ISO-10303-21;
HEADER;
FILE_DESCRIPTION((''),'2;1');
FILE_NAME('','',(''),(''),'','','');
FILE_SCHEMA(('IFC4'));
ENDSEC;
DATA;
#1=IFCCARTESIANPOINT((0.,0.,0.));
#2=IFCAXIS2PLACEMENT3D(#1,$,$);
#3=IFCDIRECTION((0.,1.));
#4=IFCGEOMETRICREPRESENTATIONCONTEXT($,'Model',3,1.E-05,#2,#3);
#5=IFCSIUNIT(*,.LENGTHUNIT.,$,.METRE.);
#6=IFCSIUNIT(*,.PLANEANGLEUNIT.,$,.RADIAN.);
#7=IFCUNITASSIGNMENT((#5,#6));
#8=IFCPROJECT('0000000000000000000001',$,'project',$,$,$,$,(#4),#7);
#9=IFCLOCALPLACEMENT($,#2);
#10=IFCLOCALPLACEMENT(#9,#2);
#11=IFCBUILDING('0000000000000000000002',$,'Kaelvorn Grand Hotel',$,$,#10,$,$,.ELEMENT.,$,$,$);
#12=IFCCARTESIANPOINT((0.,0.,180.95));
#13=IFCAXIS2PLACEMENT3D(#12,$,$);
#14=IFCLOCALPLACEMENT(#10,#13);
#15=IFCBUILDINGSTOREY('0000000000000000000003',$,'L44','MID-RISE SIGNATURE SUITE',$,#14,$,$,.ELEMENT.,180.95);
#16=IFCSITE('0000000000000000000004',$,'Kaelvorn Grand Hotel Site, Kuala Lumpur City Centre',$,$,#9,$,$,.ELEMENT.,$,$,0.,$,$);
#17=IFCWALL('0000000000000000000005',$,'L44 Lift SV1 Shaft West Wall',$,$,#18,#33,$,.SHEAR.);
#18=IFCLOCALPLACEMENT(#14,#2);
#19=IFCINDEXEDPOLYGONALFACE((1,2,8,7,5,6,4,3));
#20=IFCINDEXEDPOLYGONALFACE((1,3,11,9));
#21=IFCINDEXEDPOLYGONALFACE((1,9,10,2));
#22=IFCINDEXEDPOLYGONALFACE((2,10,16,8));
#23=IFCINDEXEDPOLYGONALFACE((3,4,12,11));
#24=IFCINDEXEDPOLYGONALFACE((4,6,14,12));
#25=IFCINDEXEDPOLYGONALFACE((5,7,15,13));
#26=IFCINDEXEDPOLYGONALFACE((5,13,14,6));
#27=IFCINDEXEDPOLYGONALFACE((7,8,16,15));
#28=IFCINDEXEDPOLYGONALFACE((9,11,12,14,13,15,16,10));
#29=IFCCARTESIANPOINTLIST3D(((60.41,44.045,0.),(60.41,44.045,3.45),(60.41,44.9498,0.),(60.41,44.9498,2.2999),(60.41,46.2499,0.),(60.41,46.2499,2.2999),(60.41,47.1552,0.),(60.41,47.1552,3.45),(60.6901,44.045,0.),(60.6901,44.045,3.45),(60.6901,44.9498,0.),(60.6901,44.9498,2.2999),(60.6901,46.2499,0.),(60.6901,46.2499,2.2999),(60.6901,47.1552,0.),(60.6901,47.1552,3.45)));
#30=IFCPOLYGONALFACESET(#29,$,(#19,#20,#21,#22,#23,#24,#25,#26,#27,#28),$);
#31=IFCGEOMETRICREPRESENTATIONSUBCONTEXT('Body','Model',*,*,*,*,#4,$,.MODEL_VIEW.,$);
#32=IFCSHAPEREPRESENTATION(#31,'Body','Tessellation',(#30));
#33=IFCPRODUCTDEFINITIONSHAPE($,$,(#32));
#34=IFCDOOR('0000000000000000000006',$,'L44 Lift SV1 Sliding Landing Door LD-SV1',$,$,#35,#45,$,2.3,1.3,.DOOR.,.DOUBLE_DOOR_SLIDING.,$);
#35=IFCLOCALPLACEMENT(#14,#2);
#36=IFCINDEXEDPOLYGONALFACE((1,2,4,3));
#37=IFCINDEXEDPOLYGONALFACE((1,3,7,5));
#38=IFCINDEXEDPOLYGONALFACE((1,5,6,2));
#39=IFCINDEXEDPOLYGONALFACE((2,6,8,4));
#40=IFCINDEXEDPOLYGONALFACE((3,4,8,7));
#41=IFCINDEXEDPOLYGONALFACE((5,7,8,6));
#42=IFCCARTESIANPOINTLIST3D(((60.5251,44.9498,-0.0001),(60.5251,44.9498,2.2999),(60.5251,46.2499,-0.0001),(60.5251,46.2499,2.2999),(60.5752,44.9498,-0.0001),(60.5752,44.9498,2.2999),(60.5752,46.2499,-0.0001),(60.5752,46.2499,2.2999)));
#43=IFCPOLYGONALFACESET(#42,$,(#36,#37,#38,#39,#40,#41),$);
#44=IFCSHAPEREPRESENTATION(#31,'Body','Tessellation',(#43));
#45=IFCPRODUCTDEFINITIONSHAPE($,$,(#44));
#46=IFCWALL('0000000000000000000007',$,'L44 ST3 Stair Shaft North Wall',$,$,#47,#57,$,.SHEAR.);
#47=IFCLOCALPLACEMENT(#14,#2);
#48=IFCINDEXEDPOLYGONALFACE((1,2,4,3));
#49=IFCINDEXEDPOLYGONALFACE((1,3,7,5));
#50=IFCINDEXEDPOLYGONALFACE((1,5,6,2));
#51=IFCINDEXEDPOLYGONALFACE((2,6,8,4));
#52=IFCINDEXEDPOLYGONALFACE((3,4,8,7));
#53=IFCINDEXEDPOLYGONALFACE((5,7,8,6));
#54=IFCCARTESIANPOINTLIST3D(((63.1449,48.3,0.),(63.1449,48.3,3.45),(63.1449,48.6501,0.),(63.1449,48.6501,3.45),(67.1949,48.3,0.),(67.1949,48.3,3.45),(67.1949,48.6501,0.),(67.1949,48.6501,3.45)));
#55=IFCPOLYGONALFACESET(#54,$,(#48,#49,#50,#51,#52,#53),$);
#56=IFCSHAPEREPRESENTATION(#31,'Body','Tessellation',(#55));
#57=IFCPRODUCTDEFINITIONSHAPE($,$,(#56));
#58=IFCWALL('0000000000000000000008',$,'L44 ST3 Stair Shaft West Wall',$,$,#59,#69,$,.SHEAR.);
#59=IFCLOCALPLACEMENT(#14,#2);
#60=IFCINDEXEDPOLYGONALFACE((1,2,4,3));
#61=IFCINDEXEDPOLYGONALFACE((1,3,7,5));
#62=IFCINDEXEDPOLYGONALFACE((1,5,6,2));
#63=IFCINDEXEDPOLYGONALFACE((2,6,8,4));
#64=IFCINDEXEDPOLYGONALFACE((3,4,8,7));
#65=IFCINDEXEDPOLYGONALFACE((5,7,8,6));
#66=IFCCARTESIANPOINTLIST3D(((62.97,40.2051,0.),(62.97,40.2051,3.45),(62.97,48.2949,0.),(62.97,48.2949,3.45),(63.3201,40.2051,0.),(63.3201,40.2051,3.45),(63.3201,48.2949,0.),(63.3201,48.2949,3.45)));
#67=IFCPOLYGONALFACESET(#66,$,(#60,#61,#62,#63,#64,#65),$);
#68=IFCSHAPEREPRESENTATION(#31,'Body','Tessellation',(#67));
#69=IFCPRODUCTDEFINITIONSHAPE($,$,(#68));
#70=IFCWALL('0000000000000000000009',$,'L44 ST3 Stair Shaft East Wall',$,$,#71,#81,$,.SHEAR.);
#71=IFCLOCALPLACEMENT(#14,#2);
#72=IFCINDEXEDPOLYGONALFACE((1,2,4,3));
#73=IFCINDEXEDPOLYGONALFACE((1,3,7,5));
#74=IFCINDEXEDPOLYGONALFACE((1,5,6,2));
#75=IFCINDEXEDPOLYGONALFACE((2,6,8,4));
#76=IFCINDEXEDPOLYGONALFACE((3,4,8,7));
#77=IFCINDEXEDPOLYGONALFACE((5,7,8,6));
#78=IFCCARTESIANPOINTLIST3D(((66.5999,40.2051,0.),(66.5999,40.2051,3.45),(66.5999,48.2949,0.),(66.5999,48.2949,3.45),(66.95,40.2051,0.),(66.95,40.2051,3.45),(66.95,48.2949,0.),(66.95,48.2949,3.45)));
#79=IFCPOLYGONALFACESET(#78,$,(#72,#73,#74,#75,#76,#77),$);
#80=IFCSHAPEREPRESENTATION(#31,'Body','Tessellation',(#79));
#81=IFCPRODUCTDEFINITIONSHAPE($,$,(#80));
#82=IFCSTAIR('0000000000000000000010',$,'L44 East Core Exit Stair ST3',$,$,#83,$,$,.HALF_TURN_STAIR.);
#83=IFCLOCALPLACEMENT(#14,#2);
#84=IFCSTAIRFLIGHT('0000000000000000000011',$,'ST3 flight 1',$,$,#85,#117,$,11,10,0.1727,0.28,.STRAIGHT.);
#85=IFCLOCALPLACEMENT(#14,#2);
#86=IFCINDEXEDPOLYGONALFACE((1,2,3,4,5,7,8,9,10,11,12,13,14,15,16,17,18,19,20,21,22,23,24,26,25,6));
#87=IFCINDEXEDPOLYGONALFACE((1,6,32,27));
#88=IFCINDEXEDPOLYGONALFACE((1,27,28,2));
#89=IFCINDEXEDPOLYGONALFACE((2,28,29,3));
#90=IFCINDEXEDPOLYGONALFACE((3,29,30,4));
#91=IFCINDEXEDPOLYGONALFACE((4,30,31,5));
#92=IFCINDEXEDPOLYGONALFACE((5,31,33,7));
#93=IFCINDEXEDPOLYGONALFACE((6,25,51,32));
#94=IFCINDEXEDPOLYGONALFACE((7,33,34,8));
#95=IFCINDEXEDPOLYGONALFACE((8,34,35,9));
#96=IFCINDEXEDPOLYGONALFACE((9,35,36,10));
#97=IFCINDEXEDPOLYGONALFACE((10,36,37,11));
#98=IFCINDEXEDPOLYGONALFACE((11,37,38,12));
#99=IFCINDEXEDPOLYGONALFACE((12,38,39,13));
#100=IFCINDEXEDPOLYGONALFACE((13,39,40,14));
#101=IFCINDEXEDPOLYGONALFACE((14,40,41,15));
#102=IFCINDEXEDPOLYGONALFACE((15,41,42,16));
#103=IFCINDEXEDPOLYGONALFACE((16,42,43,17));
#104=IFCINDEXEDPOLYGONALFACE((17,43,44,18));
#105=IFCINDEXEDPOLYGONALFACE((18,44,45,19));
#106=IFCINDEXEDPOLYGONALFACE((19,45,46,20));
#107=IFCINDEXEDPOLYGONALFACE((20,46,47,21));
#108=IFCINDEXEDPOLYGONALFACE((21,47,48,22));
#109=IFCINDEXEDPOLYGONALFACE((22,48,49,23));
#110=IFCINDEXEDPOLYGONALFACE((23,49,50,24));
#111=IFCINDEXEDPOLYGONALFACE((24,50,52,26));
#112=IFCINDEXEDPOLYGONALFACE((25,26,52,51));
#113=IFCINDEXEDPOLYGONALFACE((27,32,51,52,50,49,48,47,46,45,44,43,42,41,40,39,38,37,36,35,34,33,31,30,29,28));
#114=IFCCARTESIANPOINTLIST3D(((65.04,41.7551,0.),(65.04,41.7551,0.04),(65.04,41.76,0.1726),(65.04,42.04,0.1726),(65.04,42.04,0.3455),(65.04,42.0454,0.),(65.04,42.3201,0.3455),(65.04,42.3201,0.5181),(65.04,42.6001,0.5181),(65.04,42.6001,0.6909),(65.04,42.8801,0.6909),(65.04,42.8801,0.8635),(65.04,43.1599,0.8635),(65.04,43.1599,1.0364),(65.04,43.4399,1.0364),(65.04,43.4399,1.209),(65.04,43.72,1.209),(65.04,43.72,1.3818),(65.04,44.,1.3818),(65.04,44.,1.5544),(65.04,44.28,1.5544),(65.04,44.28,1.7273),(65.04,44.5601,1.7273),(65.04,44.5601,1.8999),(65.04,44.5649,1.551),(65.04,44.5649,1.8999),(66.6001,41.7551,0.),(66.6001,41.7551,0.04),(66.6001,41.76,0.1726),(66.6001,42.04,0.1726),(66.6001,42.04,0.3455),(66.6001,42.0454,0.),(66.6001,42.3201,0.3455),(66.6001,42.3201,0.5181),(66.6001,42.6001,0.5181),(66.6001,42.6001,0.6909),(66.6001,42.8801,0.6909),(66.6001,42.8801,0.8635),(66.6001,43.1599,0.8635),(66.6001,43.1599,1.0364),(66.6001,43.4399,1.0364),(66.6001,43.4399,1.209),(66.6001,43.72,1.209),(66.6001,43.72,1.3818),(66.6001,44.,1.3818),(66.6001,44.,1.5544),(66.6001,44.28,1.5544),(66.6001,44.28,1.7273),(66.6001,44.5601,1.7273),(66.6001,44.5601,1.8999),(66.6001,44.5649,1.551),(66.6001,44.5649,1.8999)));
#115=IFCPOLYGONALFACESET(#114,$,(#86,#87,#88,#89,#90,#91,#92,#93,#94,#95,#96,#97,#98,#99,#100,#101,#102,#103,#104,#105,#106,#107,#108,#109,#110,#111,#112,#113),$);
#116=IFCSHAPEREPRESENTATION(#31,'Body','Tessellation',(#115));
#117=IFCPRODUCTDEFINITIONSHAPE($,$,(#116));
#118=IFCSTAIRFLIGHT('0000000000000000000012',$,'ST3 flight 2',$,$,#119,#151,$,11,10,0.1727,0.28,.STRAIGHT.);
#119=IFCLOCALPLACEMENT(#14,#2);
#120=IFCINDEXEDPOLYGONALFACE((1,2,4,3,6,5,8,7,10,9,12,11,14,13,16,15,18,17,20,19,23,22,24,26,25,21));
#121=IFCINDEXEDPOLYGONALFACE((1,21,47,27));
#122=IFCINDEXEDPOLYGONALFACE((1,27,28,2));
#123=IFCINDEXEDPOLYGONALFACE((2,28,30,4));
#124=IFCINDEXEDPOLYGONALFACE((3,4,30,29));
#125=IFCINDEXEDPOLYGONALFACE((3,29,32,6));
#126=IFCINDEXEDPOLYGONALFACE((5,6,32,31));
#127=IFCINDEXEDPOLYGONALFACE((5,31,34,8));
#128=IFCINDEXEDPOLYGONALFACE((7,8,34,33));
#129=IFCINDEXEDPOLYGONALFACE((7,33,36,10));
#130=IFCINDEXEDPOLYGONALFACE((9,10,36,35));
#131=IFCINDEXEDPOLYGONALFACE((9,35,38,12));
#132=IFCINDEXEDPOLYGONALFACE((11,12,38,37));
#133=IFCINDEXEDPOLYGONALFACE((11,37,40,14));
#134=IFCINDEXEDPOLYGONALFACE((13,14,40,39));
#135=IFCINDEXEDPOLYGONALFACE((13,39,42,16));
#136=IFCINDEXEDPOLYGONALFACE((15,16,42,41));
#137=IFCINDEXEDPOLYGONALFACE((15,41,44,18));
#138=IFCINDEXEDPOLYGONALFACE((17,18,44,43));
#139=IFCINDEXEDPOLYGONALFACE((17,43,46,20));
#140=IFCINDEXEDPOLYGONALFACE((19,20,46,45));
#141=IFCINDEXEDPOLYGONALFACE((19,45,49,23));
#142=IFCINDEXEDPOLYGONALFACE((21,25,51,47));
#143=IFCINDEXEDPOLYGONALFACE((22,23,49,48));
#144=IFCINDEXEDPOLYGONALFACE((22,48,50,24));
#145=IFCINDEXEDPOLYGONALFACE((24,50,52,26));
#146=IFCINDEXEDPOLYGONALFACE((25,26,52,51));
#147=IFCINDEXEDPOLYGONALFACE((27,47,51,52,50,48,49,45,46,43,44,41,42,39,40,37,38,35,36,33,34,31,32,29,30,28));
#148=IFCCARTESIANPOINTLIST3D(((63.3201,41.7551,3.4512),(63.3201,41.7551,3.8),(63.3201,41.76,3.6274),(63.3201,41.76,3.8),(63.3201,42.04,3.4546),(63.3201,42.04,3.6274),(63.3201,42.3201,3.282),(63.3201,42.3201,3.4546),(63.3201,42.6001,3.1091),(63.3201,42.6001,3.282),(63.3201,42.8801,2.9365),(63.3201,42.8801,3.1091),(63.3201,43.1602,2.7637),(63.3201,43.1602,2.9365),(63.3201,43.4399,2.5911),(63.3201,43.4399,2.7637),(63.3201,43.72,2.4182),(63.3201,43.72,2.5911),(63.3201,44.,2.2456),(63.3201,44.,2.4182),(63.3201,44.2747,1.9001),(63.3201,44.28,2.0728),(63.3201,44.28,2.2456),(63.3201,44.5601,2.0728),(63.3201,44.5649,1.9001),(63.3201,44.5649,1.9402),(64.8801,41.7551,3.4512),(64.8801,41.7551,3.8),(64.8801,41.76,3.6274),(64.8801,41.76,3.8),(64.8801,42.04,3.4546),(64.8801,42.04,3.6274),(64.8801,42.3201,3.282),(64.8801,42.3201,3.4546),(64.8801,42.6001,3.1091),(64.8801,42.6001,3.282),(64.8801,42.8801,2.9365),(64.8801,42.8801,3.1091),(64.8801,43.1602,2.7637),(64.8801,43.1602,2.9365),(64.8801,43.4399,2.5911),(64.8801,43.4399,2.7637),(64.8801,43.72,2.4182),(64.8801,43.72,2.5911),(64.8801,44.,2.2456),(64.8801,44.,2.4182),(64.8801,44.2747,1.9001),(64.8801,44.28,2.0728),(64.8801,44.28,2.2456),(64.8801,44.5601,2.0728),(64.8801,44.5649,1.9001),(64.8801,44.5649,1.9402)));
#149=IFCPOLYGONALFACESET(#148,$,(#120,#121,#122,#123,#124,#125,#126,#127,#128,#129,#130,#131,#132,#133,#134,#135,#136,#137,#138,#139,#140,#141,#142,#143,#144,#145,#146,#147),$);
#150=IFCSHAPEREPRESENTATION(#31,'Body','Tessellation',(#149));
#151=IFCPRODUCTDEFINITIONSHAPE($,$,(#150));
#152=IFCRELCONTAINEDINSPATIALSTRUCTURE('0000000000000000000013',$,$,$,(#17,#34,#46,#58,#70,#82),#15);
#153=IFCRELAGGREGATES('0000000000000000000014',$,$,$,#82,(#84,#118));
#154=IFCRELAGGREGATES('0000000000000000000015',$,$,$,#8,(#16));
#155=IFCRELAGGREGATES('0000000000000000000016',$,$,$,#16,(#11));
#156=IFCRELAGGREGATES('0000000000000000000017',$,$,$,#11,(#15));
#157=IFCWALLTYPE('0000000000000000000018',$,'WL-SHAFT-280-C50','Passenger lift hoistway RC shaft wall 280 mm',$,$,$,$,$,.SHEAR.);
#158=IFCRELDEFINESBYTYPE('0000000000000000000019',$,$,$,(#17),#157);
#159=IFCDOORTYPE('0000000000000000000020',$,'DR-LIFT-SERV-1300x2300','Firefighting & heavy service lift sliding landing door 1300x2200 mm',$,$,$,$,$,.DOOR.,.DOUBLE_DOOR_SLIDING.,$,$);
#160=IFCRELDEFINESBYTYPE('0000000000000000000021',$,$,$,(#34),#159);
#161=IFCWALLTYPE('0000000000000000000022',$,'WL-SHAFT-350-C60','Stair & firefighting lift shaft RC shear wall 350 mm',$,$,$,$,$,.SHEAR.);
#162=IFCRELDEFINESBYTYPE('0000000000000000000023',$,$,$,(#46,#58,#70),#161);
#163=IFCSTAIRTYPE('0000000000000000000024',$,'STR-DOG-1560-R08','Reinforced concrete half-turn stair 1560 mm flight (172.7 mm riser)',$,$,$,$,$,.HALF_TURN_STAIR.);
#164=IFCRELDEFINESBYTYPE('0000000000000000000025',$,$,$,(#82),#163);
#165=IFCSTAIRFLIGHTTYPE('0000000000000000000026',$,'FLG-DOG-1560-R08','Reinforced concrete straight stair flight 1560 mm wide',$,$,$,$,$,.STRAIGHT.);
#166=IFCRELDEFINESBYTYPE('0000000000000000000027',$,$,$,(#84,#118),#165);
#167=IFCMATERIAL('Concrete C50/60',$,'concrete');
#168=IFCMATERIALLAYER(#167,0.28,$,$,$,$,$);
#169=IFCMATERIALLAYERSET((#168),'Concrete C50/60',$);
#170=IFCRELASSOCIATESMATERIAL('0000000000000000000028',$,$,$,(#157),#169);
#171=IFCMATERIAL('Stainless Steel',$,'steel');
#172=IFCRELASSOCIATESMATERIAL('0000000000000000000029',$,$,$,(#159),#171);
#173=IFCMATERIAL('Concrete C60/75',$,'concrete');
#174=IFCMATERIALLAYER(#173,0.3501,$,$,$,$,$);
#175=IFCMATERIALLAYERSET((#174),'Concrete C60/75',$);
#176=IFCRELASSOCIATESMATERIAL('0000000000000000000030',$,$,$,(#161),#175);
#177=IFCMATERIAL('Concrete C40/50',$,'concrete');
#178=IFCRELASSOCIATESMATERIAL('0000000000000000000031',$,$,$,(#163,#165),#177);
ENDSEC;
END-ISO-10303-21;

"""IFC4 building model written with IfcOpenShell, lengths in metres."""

from ifc_helpers import new_model, si_unit, direction, frame, frame_2d, origin, place, context, subcontext, project, spatial, polyline, rectangle, outline, extrude, material, layer, layer_set, type_object, element, fill, aggregate, save


model = new_model("IFC4")

# Units and contexts
model_context = context("Model", 3, precision=1e-05, world=origin(), true_north=direction((0.0, 1.0)))
body_context = subcontext(model_context, "Body", "Model", "MODEL_VIEW")
ifc_project = project(units=[si_unit("LENGTHUNIT", "METRE"), si_unit("PLANEANGLEUNIT", "RADIAN")], contexts=[model_context])

# Site, building, storey
site_placement = place(None, origin())
site = spatial("IfcSite", under=ifc_project, at=site_placement, Name="Kaelvorn Grand Hotel Site, Kuala Lumpur City Centre", CompositionType="ELEMENT", RefElevation=0.0)
building_placement = place(site_placement, origin())
building = spatial("IfcBuilding", under=site, at=building_placement, Name="Kaelvorn Grand Hotel", CompositionType="ELEMENT")
storey_placement = place(building_placement, frame((0.0, 0.0, 180.95)))
storey = spatial("IfcBuildingStorey", under=building, at=storey_placement, Name="L44", Description="MID-RISE SIGNATURE SUITE", CompositionType="ELEMENT", Elevation=180.95)

# Shared definitions
ifc_material_1 = material(Name="Concrete C60/75", Category="concrete")

# Shared definitions
ifc_material_2 = material(Name="Concrete C50/60", Category="concrete")

# Shared definitions
ifc_material_3 = material(Name="Concrete C40/50", Category="concrete")

# Shared definitions
ifc_layer_1 = layer(ifc_material_2, 0.28)
ifc_layer_set_1 = layer_set([ifc_layer_1], Name="Concrete C50/60")
wall_type_1 = type_object("IfcWallType", Name="WL-SHAFT-280-C50", Description="Passenger lift hoistway RC shaft wall 280 mm", PredefinedType="SHEAR", material=ifc_layer_set_1)
ifc_material_4 = material(Name="Stainless Steel", Category="steel")
door_type_1 = type_object("IfcDoorType", Name="DR-LIFT-SERV-1300x2300", Description="Firefighting & heavy service lift sliding landing door 1300x2200 mm", OperationType="DOUBLE_DOOR_SLIDING", PredefinedType="DOOR", material=ifc_material_4)

# Wall, opening, door
wall_1_placement = place(storey_placement, frame((60.55, 44.0449, 0.0), z_axis=(0.0, 0.0, 1.0), x_axis=(0.0, 1.0, 0.0)))
wall_1 = element("IfcWall", 1, at=wall_1_placement, inside=storey, type_object=wall_type_1, Name="L44 Lift SV1 Shaft West Wall", PredefinedType="SHEAR", context=body_context, shape_type="SweptSolid", body=[
    extrude(rectangle(XDim=3.1101, YDim=0.28, at=frame_2d((1.5552, 0.0))), origin(), (0.0, 0.0, 1.0), 3.45),
])
opening_1_placement = place(wall_1_placement, frame((0.905, 0.0, 0.0)))
opening_1 = element("IfcOpeningElement", 2, at=opening_1_placement, cuts=wall_1, PredefinedType="OPENING", context=body_context, shape_type="SweptSolid", body=[
    extrude(rectangle(XDim=1.3, YDim=2.3, at=frame_2d((0.6499, 1.1499))), frame((0.0, 0.1499, 0.0), z_axis=(0.0, -1.0, 0.0), x_axis=(1.0, 0.0, 0.0)), (0.0, 0.0, 1.0), 0.3),
])
door_1_placement = place(opening_1_placement, origin())
door_1 = element("IfcDoor", 3, at=door_1_placement, inside=storey, type_object=door_type_1, Name="L44 Lift SV1 Sliding Landing Door LD-SV1", OperationType="DOUBLE_DOOR_SLIDING", OverallHeight=2.3, OverallWidth=1.3, PredefinedType="DOOR", context=body_context, shape_type="SweptSolid", body=[
    extrude(rectangle(XDim=1.3, YDim=2.3, at=frame_2d((0.6499, 1.1499))), frame((0.0, 0.0249, 0.0), z_axis=(0.0, -1.0, 0.0), x_axis=(1.0, 0.0, 0.0)), (0.0, 0.0, 1.0), 0.05),
])
fill(opening_1, door_1)
ifc_layer_2 = layer(ifc_material_1, 0.3501)
ifc_layer_set_2 = layer_set([ifc_layer_2], Name="Concrete C60/75")
wall_type_2 = type_object("IfcWallType", Name="WL-SHAFT-350-C60", Description="Stair & firefighting lift shaft RC shear wall 350 mm", PredefinedType="SHEAR", material=ifc_layer_set_2)

# Walls
wall_2_placement = place(storey_placement, frame((63.145, 48.4751, 0.0), z_axis=(0.0, 0.0, 1.0), x_axis=(1.0, 0.0, 0.0)))
element("IfcWall", 4, at=wall_2_placement, inside=storey, type_object=wall_type_2, Name="L44 ST3 Stair Shaft North Wall", PredefinedType="SHEAR", context=body_context, shape_type="SweptSolid", body=[
    extrude(rectangle(XDim=4.05, YDim=0.3501, at=frame_2d((2.0249, 0.0))), origin(), (0.0, 0.0, 1.0), 3.45),
])
for number, where, z_axis, x_axis, name in (
    (5, (63.145, 40.2051, 0.0), (0.0, 0.0, 1.0), (0.0, 1.0, 0.0), "L44 ST3 Stair Shaft West Wall"),
    (6, (66.7749, 40.2051, 0.0), (0.0, 0.0, 1.0), (0.0, 1.0, 0.0), "L44 ST3 Stair Shaft East Wall"),
):
    element("IfcWall", number, at=place(storey_placement, frame(where, z_axis=z_axis, x_axis=x_axis)), inside=storey, type_object=wall_type_2, Name=name, PredefinedType="SHEAR", context=body_context, shape_type="SweptSolid", body=[
        extrude(rectangle(XDim=8.0898, YDim=0.3501, at=frame_2d((4.0449, 0.0))), origin(), (0.0, 0.0, 1.0), 3.45),
    ])

# Stair, stair flights
stair_type = type_object("IfcStairType", Name="STR-DOG-1560-R08", Description="Reinforced concrete half-turn stair 1560 mm flight (172.7 mm riser)", PredefinedType="HALF_TURN_STAIR", material=ifc_material_3)
stair_placement = place(storey_placement, origin())
stair = element("IfcStair", 7, at=stair_placement, inside=storey, type_object=stair_type, Name="L44 East Core Exit Stair ST3", PredefinedType="HALF_TURN_STAIR")
stair_flight_type = type_object("IfcStairFlightType", Name="FLG-DOG-1560-R08", Description="Reinforced concrete straight stair flight 1560 mm wide", PredefinedType="STRAIGHT", material=ifc_material_3)
stair_flight_1_placement = place(storey_placement, frame((65.8201, 41.76, 0.0), z_axis=(0.0, 0.0, 1.0), x_axis=(0.0, 1.0, 0.0)))
stair_flight_1 = element("IfcStairFlight", 8, at=stair_flight_1_placement, type_object=stair_flight_type, Name="ST3 flight 1", NumberOfRisers=11, NumberOfTreads=10, PredefinedType="STRAIGHT", RiserHeight=0.1727, TreadLength=0.28, context=body_context, shape_type="SweptSolid", body=[
    extrude(outline(polyline([(-0.0049, 0.0), (-0.0049, 0.04), (0.0, 0.1726), (0.28, 0.1726), (0.28, 0.3455), (0.5601, 0.3455), (0.5601, 0.5181), (0.8401, 0.5181), (0.8401, 0.6909), (1.1201, 0.6909), (1.1201, 0.8635), (1.3999, 0.8635), (1.3999, 1.0364), (1.6799, 1.0364), (1.6799, 1.209), (1.96, 1.209), (1.96, 1.3818), (2.24, 1.3818), (2.24, 1.5544), (2.52, 1.5544), (2.52, 1.7273), (2.8, 1.7273), (2.8, 1.8999), (2.8049, 1.8999), (2.8049, 1.551), (0.2854, 0.0), (-0.0049, 0.0)])), frame((0.0, 0.78, 0.0), z_axis=(0.0, -1.0, 0.0), x_axis=(1.0, 0.0, 0.0)), (0.0, 0.0, 1.0), 1.5601),
])
stair_flight_2_placement = place(storey_placement, frame((64.1001, 44.5601, 1.9001), z_axis=(0.0, 0.0, 1.0), x_axis=(0.0, -1.0, 0.0)))
stair_flight_2 = element("IfcStairFlight", 9, at=stair_flight_2_placement, type_object=stair_flight_type, Name="ST3 flight 2", NumberOfRisers=11, NumberOfTreads=10, PredefinedType="STRAIGHT", RiserHeight=0.1727, TreadLength=0.28, context=body_context, shape_type="SweptSolid", body=[
    extrude(outline(polyline([(-0.0049, 0.0), (-0.0049, 0.04), (0.0, 0.1726), (0.28, 0.1726), (0.28, 0.3455), (0.5601, 0.3455), (0.5601, 0.5181), (0.8401, 0.5181), (0.8401, 0.6909), (1.1201, 0.6909), (1.1201, 0.8635), (1.3999, 0.8635), (1.3999, 1.0364), (1.6799, 1.0364), (1.6799, 1.209), (1.96, 1.209), (1.96, 1.3818), (2.24, 1.3818), (2.24, 1.5544), (2.52, 1.5544), (2.52, 1.7273), (2.8, 1.7273), (2.8, 1.8999), (2.8049, 1.8999), (2.8049, 1.551), (0.2854, 0.0), (-0.0049, 0.0)])), frame((0.0, 0.78, 0.0), z_axis=(0.0, -1.0, 0.0), x_axis=(1.0, 0.0, 0.0)), (0.0, 0.0, 1.0), 1.5601),
])
aggregate(stair, [stair_flight_1, stair_flight_2])

save(model, "model.ifc")
